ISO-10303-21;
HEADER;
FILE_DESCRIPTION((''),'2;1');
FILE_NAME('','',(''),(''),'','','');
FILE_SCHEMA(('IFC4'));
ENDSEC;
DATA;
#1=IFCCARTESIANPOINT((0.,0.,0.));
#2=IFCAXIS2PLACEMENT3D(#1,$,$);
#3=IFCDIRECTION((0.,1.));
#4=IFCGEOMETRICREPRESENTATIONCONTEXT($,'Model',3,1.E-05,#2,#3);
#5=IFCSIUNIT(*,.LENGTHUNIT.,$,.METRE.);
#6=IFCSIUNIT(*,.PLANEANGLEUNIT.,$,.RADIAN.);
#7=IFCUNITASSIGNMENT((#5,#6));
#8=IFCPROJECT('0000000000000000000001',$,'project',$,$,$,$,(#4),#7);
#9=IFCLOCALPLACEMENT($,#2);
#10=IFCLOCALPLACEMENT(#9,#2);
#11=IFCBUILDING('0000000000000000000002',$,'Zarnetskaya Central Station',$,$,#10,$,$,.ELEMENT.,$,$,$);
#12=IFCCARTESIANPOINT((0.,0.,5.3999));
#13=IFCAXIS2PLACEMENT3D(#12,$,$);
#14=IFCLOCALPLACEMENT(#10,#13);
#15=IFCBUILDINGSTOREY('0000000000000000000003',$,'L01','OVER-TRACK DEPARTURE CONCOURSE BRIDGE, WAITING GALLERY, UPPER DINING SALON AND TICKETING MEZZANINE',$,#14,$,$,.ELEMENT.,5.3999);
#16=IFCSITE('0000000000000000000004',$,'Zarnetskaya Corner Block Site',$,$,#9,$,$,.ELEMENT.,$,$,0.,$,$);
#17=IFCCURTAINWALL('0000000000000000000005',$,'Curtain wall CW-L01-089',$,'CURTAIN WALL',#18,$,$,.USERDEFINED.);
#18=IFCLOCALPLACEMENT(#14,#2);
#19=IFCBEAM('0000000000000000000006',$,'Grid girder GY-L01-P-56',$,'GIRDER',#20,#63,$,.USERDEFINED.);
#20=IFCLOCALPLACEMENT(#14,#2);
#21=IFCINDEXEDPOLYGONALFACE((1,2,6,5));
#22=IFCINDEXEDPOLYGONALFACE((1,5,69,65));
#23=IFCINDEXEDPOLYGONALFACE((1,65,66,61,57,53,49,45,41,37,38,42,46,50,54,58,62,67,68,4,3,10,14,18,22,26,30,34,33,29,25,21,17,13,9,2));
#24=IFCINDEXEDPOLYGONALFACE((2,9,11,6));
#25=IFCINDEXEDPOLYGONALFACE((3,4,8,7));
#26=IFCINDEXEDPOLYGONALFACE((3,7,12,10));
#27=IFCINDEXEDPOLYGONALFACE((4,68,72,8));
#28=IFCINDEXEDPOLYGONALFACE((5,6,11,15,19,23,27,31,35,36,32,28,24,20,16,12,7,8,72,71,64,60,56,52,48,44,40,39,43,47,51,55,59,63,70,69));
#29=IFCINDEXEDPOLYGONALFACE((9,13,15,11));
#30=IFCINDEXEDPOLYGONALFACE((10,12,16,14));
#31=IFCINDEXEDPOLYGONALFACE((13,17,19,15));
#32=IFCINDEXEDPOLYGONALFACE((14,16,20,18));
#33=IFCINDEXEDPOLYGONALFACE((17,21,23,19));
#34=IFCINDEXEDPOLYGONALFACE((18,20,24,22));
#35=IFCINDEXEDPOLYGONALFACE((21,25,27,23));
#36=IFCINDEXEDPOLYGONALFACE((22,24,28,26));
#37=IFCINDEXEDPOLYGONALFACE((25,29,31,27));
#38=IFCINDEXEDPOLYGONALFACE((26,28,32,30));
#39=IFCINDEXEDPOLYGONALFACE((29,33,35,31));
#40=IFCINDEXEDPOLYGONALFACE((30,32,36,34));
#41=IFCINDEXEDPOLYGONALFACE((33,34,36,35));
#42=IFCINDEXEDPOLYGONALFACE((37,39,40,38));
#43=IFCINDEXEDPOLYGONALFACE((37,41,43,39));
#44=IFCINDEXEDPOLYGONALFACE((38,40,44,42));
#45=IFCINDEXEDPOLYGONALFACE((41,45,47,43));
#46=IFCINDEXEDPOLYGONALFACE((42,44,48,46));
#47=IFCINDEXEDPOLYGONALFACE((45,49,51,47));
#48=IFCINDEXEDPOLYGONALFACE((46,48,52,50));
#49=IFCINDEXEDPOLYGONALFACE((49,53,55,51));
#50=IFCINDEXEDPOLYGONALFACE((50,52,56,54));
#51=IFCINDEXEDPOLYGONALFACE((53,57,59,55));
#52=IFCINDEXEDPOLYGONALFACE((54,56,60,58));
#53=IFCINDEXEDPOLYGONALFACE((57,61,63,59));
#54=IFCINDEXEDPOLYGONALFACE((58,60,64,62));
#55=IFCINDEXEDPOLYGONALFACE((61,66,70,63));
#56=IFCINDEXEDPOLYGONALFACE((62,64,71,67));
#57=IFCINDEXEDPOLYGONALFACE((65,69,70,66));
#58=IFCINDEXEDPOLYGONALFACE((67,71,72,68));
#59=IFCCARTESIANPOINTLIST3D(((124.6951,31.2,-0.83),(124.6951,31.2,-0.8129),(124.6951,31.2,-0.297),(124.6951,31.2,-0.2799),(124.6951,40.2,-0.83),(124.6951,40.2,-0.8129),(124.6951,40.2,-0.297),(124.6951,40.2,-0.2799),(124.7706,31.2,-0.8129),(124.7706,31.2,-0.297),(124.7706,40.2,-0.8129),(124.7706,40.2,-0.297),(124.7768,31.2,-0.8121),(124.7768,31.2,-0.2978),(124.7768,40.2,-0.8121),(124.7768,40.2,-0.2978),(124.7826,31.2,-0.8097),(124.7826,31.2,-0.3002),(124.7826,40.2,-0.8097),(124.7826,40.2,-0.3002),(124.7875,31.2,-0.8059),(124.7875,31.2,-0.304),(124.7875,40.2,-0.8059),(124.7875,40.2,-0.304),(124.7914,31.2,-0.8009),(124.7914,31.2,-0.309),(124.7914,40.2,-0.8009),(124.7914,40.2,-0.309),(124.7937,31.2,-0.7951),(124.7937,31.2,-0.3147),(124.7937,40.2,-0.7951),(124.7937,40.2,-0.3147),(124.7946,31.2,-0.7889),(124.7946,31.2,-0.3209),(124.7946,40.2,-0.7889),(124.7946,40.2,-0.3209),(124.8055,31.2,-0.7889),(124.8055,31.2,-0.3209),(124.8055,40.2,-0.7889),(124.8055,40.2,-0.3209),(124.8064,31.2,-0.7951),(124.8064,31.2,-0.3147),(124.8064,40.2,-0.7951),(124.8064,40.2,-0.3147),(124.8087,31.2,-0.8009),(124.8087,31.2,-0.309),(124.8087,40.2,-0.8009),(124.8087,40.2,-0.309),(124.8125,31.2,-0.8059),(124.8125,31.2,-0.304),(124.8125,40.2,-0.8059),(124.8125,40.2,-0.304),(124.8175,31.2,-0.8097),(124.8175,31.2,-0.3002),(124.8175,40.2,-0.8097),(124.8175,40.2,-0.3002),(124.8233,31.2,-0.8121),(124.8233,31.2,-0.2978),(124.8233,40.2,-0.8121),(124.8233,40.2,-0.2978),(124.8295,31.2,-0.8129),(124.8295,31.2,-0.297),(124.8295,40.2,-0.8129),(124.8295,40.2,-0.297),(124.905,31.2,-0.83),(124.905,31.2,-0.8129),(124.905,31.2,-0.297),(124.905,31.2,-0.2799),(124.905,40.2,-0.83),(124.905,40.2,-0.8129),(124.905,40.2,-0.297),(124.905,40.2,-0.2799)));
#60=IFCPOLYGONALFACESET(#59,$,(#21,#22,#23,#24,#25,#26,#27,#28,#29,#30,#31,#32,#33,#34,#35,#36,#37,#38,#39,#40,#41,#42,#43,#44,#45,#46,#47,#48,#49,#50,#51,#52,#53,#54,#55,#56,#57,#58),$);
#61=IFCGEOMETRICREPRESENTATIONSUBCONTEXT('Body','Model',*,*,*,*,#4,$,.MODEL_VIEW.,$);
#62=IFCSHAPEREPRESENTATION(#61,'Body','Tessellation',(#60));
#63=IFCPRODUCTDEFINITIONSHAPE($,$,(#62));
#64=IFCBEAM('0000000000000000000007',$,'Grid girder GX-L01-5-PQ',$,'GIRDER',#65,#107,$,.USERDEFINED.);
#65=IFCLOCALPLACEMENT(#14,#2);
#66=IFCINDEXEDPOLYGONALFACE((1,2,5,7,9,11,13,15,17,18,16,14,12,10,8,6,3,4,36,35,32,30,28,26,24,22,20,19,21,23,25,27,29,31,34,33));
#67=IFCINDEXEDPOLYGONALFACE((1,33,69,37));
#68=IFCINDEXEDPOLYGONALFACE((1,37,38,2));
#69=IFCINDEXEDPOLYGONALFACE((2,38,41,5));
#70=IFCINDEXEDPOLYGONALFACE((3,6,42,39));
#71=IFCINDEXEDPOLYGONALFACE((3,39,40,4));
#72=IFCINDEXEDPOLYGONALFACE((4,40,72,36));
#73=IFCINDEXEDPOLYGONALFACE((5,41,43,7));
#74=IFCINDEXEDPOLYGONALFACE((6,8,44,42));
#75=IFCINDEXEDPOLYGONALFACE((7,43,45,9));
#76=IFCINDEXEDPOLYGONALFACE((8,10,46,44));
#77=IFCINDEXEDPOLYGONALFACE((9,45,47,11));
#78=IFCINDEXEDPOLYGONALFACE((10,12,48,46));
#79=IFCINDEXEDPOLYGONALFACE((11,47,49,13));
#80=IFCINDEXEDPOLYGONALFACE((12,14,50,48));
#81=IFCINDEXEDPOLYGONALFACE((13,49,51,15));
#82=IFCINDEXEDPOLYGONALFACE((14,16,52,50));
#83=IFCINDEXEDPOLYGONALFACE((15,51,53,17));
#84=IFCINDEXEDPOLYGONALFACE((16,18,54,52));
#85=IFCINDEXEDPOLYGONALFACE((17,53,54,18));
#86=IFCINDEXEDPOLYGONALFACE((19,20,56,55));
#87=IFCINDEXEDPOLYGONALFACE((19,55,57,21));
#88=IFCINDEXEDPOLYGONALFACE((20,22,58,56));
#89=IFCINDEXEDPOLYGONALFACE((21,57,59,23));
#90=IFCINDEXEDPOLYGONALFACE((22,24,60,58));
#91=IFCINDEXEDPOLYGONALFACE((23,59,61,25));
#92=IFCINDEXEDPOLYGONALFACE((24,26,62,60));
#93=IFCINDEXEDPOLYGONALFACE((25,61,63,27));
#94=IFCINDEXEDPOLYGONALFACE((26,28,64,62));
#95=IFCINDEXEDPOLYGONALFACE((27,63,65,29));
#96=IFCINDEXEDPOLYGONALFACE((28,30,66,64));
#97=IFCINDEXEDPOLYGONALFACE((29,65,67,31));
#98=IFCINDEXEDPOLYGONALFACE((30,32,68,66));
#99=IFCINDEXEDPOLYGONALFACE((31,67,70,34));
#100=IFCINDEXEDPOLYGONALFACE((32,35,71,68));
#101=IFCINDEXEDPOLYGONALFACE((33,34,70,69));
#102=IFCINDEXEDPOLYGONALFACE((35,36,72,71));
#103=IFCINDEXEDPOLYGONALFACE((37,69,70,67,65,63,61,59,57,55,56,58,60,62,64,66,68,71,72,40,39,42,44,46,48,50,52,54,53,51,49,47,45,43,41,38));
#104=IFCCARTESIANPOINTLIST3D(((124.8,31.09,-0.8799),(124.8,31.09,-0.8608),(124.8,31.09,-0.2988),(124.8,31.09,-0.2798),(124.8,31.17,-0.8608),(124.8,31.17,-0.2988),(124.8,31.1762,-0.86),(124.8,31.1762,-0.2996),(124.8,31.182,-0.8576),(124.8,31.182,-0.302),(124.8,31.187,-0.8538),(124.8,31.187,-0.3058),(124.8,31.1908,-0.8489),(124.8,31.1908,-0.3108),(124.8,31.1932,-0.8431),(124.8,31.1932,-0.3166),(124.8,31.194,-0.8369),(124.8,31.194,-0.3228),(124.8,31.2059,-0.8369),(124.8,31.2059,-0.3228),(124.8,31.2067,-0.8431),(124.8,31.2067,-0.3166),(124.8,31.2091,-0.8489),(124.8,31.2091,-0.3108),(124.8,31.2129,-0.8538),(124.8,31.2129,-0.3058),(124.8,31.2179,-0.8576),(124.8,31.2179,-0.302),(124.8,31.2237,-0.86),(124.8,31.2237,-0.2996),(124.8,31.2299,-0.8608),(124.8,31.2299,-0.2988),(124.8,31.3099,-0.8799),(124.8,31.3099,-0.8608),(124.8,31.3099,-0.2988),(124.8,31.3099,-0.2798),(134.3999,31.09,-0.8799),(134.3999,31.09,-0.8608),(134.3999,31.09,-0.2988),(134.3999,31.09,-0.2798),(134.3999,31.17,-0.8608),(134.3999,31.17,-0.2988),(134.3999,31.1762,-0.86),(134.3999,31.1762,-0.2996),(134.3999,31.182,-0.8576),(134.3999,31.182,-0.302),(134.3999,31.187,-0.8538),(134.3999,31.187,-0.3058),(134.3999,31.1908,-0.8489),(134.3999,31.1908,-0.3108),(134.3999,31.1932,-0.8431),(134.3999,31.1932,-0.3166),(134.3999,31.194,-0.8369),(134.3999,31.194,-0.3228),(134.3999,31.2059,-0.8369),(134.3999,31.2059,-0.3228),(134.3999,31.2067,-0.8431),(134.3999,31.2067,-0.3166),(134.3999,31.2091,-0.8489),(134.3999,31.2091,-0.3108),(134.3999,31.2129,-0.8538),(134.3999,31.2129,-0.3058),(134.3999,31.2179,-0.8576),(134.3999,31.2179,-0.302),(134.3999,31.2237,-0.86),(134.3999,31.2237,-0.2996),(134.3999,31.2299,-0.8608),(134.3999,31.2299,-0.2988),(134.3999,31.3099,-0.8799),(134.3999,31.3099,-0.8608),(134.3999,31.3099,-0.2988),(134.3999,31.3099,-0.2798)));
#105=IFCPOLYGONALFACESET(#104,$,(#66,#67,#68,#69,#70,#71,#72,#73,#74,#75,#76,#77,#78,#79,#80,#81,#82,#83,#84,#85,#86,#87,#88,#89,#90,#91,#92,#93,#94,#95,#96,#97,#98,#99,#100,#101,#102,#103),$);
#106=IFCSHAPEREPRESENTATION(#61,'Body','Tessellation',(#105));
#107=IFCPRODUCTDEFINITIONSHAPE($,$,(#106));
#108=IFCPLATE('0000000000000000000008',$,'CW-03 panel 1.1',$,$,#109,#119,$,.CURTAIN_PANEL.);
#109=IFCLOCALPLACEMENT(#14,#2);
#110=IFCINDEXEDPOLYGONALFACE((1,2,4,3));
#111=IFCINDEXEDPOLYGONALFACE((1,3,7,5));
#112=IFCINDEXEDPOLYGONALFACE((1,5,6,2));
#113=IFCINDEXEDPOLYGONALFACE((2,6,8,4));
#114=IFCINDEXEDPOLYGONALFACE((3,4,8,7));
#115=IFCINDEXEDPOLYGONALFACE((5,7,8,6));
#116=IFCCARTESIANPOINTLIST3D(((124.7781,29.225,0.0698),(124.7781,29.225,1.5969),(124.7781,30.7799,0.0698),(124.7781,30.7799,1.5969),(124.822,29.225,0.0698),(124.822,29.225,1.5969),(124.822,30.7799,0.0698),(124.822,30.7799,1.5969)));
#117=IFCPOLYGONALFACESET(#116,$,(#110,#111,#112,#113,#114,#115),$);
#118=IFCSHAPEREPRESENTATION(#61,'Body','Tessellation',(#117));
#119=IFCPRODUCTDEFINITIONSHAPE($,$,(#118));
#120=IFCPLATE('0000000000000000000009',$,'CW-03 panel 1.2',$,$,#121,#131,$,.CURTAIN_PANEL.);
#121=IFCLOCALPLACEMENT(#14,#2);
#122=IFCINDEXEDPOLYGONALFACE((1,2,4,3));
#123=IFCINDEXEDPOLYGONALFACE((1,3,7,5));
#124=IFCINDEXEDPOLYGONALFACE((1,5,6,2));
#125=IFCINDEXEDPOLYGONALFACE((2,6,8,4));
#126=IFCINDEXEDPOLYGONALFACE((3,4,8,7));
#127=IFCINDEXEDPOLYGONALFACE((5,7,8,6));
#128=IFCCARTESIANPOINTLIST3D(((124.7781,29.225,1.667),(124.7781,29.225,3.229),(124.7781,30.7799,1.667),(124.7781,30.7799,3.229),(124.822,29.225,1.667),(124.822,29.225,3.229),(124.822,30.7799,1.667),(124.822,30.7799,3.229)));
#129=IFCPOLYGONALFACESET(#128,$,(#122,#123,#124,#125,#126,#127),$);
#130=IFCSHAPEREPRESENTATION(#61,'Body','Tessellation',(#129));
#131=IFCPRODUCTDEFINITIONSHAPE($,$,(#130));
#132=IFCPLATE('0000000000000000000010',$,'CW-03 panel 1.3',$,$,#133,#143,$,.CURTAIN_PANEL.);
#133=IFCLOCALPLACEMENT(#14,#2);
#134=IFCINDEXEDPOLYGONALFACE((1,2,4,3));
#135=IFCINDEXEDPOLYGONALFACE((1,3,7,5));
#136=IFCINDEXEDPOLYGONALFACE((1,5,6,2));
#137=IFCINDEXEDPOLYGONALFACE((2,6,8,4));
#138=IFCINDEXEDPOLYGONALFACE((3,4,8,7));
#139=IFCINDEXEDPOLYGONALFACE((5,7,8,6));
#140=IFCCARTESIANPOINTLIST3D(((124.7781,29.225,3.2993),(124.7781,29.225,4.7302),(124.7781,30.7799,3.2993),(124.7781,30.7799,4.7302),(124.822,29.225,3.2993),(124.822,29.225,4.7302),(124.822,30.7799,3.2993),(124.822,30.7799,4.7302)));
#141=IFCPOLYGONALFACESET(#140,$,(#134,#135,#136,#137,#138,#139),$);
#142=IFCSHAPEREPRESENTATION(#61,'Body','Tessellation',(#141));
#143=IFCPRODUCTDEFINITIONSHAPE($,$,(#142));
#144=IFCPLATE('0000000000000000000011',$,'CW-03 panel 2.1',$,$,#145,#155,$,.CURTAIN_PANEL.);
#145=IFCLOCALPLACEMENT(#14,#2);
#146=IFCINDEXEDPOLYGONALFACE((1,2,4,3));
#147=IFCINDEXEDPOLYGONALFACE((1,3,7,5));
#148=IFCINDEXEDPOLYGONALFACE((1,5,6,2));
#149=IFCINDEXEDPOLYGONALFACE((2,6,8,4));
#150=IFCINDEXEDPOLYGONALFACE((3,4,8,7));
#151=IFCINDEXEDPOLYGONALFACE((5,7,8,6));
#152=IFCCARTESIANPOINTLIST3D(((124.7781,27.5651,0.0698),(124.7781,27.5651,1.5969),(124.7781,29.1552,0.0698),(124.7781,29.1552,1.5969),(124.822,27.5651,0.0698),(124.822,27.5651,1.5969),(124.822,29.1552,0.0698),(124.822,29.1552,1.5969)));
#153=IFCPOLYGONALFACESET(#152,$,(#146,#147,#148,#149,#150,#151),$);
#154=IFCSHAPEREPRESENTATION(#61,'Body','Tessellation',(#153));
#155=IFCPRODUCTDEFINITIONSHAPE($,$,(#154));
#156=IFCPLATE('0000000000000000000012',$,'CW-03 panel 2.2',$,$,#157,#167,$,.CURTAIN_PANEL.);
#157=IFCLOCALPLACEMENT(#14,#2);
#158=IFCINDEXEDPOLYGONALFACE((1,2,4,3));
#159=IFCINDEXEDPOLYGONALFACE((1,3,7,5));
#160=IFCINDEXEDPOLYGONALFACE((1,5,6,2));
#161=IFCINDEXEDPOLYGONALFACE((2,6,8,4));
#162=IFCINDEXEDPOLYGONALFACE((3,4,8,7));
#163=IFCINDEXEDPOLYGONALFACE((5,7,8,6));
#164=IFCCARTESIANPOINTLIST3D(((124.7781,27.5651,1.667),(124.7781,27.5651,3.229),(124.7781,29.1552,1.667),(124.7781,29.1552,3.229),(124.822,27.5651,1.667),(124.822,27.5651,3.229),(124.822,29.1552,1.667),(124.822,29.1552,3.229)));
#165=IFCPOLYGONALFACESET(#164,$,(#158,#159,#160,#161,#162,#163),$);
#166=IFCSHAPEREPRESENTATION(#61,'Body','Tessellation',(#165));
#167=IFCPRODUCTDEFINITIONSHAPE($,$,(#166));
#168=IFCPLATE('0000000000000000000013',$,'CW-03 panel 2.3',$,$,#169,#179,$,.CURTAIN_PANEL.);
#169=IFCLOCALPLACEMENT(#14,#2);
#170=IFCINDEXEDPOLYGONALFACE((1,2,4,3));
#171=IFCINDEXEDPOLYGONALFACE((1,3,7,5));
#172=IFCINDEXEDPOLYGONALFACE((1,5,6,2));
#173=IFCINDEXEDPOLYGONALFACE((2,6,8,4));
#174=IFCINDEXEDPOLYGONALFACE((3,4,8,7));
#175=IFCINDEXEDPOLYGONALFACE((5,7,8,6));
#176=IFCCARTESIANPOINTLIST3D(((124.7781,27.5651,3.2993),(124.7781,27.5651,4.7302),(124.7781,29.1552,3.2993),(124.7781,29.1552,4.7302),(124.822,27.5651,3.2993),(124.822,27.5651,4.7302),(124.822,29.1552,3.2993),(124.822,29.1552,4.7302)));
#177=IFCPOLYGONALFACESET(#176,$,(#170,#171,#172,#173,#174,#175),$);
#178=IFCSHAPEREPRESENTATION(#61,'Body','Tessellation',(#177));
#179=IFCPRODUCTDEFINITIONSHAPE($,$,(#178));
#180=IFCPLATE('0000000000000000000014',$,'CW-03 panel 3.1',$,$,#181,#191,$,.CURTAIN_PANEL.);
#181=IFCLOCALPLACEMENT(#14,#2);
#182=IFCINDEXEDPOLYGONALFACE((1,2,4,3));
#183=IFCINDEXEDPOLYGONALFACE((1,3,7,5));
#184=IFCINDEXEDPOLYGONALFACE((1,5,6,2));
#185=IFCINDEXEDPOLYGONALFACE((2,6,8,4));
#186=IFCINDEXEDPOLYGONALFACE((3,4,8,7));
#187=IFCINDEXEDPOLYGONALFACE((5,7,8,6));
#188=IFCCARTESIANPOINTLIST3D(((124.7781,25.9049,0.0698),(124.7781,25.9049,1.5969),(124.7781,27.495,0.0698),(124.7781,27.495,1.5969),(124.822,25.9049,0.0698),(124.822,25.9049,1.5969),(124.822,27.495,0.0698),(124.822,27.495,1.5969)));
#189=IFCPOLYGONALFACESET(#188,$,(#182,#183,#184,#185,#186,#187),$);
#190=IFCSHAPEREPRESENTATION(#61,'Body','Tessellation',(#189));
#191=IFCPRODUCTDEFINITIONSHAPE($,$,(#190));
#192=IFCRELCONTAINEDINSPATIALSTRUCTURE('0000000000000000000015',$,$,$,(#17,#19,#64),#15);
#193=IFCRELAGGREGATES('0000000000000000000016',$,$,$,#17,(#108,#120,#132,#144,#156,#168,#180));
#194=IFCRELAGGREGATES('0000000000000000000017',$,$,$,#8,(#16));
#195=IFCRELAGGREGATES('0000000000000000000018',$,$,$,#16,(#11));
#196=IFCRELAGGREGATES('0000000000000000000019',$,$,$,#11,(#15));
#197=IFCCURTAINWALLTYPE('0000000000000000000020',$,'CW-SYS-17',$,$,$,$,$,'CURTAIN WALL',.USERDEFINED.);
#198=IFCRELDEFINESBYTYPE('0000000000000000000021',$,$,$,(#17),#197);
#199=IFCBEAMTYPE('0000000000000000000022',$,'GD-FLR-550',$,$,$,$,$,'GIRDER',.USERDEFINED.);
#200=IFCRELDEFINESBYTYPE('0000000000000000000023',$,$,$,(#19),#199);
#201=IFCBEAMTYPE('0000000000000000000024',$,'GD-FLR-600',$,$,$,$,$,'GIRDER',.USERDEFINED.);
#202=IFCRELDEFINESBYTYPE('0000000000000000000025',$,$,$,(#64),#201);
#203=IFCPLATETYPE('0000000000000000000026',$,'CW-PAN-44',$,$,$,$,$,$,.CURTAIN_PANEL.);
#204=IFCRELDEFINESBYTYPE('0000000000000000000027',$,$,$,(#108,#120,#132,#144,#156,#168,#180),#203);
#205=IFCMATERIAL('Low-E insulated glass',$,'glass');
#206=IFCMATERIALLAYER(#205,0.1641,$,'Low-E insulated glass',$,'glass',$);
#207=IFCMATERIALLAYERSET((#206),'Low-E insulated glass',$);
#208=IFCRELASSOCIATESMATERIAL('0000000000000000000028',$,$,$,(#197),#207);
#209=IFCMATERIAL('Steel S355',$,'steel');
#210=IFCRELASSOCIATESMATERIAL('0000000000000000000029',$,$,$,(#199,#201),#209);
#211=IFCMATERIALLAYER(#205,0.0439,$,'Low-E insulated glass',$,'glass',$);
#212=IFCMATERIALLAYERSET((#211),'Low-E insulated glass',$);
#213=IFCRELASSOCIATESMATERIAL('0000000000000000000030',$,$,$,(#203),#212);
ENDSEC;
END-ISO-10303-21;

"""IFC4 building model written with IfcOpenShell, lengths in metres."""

from ifc_helpers import new_model, si_unit, direction, frame, origin, origin_2d, place, context, subcontext, project, spatial, rectangle, i_section, extrude, material, layer, layer_set, material_profile, profile_set, type_object, element, aggregate, save


model = new_model("IFC4")

# Units and contexts
model_context = context("Model", 3, precision=1e-05, world=origin(), true_north=direction((0.0, 1.0)))
body_context = subcontext(model_context, "Body", "Model", "MODEL_VIEW")
ifc_project = project(units=[si_unit("LENGTHUNIT", "METRE"), si_unit("PLANEANGLEUNIT", "RADIAN")], contexts=[model_context])

# Site, building, storey
site_placement = place(None, origin())
site = spatial("IfcSite", under=ifc_project, at=site_placement, Name="Zarnetskaya Corner Block Site", CompositionType="ELEMENT", RefElevation=0.0)
building_placement = place(site_placement, origin())
building = spatial("IfcBuilding", under=site, at=building_placement, Name="Zarnetskaya Central Station", CompositionType="ELEMENT")
storey_placement = place(building_placement, frame((0.0, 0.0, 5.3999)))
storey = spatial("IfcBuildingStorey", under=building, at=storey_placement, Name="L01", Description="OVER-TRACK DEPARTURE CONCOURSE BRIDGE, WAITING GALLERY, UPPER DINING SALON AND TICKETING MEZZANINE", CompositionType="ELEMENT", Elevation=5.3999)

# Shared definitions
ifc_material_1 = material(Name="Steel S355", Category="steel")

# Curtain wall
ifc_material_2 = material(Name="Low-E insulated glass", Category="glass")
ifc_layer_1 = layer(ifc_material_2, 0.1641, Name="Low-E insulated glass", Category="glass")
ifc_layer_set_1 = layer_set([ifc_layer_1], Name="Low-E insulated glass")
curtain_wall_type = type_object("IfcCurtainWallType", Name="CW-SYS-17", ElementType="CURTAIN WALL", PredefinedType="USERDEFINED", material=ifc_layer_set_1)
curtain_wall_placement = place(storey_placement, origin())
curtain_wall = element("IfcCurtainWall", 1, at=curtain_wall_placement, inside=storey, type_object=curtain_wall_type, Name="Curtain wall CW-L01-089", ObjectType="CURTAIN WALL", PredefinedType="USERDEFINED")

# Beams
ifc_material_profile_1 = material_profile(ifc_material_1, i_section(OverallWidth=0.21, OverallDepth=0.55, WebThickness=0.011, FlangeThickness=0.0171, FilletRadius=0.0239, at=origin_2d()), Name="IPE 550")
ifc_profile_set_1 = profile_set([ifc_material_profile_1], Name="Steel S355")
beam_type_1 = type_object("IfcBeamType", Name="GD-FLR-550", ElementType="GIRDER", PredefinedType="USERDEFINED", material=ifc_profile_set_1)
beam_1_placement = place(storey_placement, frame((124.8, 31.2, -0.5549), z_axis=(0.0, 1.0, 0.0), x_axis=(-1.0, 0.0, 0.0)))
element("IfcBeam", 2, at=beam_1_placement, inside=storey, type_object=beam_type_1, Name="Grid girder GY-L01-P-56", ObjectType="GIRDER", PredefinedType="USERDEFINED", context=body_context, shape_type="SweptSolid", body=[
    extrude(i_section(OverallWidth=0.21, OverallDepth=0.55, WebThickness=0.011, FlangeThickness=0.0171, FilletRadius=0.0239, at=origin_2d()), origin(), (0.0, 0.0, 1.0), 9.0),
])
ifc_material_profile_2 = material_profile(ifc_material_1, i_section(OverallWidth=0.22, OverallDepth=0.6001, WebThickness=0.012, FlangeThickness=0.019, FilletRadius=0.0239, at=origin_2d()), Name="IPE 600")
ifc_profile_set_2 = profile_set([ifc_material_profile_2], Name="Steel S355")
beam_type_2 = type_object("IfcBeamType", Name="GD-FLR-600", ElementType="GIRDER", PredefinedType="USERDEFINED", material=ifc_profile_set_2)
beam_2_placement = place(storey_placement, frame((124.8, 31.2, -0.5798), z_axis=(1.0, 0.0, 0.0), x_axis=(0.0, 1.0, 0.0)))
element("IfcBeam", 3, at=beam_2_placement, inside=storey, type_object=beam_type_2, Name="Grid girder GX-L01-5-PQ", ObjectType="GIRDER", PredefinedType="USERDEFINED", context=body_context, shape_type="SweptSolid", body=[
    extrude(i_section(OverallWidth=0.22, OverallDepth=0.6001, WebThickness=0.012, FlangeThickness=0.019, FilletRadius=0.0239, at=origin_2d()), origin(), (0.0, 0.0, 1.0), 9.5999),
])

# Plates
ifc_layer_2 = layer(ifc_material_2, 0.0439, Name="Low-E insulated glass", Category="glass")
ifc_layer_set_2 = layer_set([ifc_layer_2], Name="Low-E insulated glass")
plate_type = type_object("IfcPlateType", Name="CW-PAN-44", PredefinedType="CURTAIN_PANEL", material=ifc_layer_set_2)
plate_1_placement = place(storey_placement, frame((124.8, 30.0024, 0.0698), z_axis=(0.0, 0.0, 1.0), x_axis=(0.0, -1.0, 0.0)))
plate_1 = element("IfcPlate", 4, at=plate_1_placement, type_object=plate_type, Name="CW-03 panel 1.1", PredefinedType="CURTAIN_PANEL", context=body_context, shape_type="SweptSolid", body=[
    extrude(rectangle(XDim=1.5549, YDim=0.0439, at=origin_2d()), origin(), (0.0, 0.0, 1.0), 1.5271),
])
plate_2_placement = place(storey_placement, frame((124.8, 30.0024, 1.667), z_axis=(0.0, 0.0, 1.0), x_axis=(0.0, -1.0, 0.0)))
plate_2 = element("IfcPlate", 5, at=plate_2_placement, type_object=plate_type, Name="CW-03 panel 1.2", PredefinedType="CURTAIN_PANEL", context=body_context, shape_type="SweptSolid", body=[
    extrude(rectangle(XDim=1.5549, YDim=0.0439, at=origin_2d()), origin(), (0.0, 0.0, 1.0), 1.562),
])
plate_3_placement = place(storey_placement, frame((124.8, 30.0024, 3.2993), z_axis=(0.0, 0.0, 1.0), x_axis=(0.0, -1.0, 0.0)))
plate_3 = element("IfcPlate", 6, at=plate_3_placement, type_object=plate_type, Name="CW-03 panel 1.3", PredefinedType="CURTAIN_PANEL", context=body_context, shape_type="SweptSolid", body=[
    extrude(rectangle(XDim=1.5549, YDim=0.0439, at=origin_2d()), origin(), (0.0, 0.0, 1.0), 1.4309),
])
plate_4_placement = place(storey_placement, frame((124.8, 28.3601, 0.0698), z_axis=(0.0, 0.0, 1.0), x_axis=(0.0, -1.0, 0.0)))
plate_4 = element("IfcPlate", 7, at=plate_4_placement, type_object=plate_type, Name="CW-03 panel 2.1", PredefinedType="CURTAIN_PANEL", context=body_context, shape_type="SweptSolid", body=[
    extrude(rectangle(XDim=1.5901, YDim=0.0439, at=origin_2d()), origin(), (0.0, 0.0, 1.0), 1.5271),
])
plate_5_placement = place(storey_placement, frame((124.8, 28.3601, 1.667), z_axis=(0.0, 0.0, 1.0), x_axis=(0.0, -1.0, 0.0)))
plate_5 = element("IfcPlate", 8, at=plate_5_placement, type_object=plate_type, Name="CW-03 panel 2.2", PredefinedType="CURTAIN_PANEL", context=body_context, shape_type="SweptSolid", body=[
    extrude(rectangle(XDim=1.5901, YDim=0.0439, at=origin_2d()), origin(), (0.0, 0.0, 1.0), 1.562),
])
plate_6_placement = place(storey_placement, frame((124.8, 28.3601, 3.2993), z_axis=(0.0, 0.0, 1.0), x_axis=(0.0, -1.0, 0.0)))
plate_6 = element("IfcPlate", 9, at=plate_6_placement, type_object=plate_type, Name="CW-03 panel 2.3", PredefinedType="CURTAIN_PANEL", context=body_context, shape_type="SweptSolid", body=[
    extrude(rectangle(XDim=1.5901, YDim=0.0439, at=origin_2d()), origin(), (0.0, 0.0, 1.0), 1.4309),
])
plate_7_placement = place(storey_placement, frame((124.8, 26.7, 0.0698), z_axis=(0.0, 0.0, 1.0), x_axis=(0.0, -1.0, 0.0)))
plate_7 = element("IfcPlate", 10, at=plate_7_placement, type_object=plate_type, Name="CW-03 panel 3.1", PredefinedType="CURTAIN_PANEL", context=body_context, shape_type="SweptSolid", body=[
    extrude(rectangle(XDim=1.5901, YDim=0.0439, at=origin_2d()), origin(), (0.0, 0.0, 1.0), 1.5271),
])
aggregate(curtain_wall, [plate_1, plate_2, plate_3, plate_4, plate_5, plate_6, plate_7])

save(model, "model.ifc")
